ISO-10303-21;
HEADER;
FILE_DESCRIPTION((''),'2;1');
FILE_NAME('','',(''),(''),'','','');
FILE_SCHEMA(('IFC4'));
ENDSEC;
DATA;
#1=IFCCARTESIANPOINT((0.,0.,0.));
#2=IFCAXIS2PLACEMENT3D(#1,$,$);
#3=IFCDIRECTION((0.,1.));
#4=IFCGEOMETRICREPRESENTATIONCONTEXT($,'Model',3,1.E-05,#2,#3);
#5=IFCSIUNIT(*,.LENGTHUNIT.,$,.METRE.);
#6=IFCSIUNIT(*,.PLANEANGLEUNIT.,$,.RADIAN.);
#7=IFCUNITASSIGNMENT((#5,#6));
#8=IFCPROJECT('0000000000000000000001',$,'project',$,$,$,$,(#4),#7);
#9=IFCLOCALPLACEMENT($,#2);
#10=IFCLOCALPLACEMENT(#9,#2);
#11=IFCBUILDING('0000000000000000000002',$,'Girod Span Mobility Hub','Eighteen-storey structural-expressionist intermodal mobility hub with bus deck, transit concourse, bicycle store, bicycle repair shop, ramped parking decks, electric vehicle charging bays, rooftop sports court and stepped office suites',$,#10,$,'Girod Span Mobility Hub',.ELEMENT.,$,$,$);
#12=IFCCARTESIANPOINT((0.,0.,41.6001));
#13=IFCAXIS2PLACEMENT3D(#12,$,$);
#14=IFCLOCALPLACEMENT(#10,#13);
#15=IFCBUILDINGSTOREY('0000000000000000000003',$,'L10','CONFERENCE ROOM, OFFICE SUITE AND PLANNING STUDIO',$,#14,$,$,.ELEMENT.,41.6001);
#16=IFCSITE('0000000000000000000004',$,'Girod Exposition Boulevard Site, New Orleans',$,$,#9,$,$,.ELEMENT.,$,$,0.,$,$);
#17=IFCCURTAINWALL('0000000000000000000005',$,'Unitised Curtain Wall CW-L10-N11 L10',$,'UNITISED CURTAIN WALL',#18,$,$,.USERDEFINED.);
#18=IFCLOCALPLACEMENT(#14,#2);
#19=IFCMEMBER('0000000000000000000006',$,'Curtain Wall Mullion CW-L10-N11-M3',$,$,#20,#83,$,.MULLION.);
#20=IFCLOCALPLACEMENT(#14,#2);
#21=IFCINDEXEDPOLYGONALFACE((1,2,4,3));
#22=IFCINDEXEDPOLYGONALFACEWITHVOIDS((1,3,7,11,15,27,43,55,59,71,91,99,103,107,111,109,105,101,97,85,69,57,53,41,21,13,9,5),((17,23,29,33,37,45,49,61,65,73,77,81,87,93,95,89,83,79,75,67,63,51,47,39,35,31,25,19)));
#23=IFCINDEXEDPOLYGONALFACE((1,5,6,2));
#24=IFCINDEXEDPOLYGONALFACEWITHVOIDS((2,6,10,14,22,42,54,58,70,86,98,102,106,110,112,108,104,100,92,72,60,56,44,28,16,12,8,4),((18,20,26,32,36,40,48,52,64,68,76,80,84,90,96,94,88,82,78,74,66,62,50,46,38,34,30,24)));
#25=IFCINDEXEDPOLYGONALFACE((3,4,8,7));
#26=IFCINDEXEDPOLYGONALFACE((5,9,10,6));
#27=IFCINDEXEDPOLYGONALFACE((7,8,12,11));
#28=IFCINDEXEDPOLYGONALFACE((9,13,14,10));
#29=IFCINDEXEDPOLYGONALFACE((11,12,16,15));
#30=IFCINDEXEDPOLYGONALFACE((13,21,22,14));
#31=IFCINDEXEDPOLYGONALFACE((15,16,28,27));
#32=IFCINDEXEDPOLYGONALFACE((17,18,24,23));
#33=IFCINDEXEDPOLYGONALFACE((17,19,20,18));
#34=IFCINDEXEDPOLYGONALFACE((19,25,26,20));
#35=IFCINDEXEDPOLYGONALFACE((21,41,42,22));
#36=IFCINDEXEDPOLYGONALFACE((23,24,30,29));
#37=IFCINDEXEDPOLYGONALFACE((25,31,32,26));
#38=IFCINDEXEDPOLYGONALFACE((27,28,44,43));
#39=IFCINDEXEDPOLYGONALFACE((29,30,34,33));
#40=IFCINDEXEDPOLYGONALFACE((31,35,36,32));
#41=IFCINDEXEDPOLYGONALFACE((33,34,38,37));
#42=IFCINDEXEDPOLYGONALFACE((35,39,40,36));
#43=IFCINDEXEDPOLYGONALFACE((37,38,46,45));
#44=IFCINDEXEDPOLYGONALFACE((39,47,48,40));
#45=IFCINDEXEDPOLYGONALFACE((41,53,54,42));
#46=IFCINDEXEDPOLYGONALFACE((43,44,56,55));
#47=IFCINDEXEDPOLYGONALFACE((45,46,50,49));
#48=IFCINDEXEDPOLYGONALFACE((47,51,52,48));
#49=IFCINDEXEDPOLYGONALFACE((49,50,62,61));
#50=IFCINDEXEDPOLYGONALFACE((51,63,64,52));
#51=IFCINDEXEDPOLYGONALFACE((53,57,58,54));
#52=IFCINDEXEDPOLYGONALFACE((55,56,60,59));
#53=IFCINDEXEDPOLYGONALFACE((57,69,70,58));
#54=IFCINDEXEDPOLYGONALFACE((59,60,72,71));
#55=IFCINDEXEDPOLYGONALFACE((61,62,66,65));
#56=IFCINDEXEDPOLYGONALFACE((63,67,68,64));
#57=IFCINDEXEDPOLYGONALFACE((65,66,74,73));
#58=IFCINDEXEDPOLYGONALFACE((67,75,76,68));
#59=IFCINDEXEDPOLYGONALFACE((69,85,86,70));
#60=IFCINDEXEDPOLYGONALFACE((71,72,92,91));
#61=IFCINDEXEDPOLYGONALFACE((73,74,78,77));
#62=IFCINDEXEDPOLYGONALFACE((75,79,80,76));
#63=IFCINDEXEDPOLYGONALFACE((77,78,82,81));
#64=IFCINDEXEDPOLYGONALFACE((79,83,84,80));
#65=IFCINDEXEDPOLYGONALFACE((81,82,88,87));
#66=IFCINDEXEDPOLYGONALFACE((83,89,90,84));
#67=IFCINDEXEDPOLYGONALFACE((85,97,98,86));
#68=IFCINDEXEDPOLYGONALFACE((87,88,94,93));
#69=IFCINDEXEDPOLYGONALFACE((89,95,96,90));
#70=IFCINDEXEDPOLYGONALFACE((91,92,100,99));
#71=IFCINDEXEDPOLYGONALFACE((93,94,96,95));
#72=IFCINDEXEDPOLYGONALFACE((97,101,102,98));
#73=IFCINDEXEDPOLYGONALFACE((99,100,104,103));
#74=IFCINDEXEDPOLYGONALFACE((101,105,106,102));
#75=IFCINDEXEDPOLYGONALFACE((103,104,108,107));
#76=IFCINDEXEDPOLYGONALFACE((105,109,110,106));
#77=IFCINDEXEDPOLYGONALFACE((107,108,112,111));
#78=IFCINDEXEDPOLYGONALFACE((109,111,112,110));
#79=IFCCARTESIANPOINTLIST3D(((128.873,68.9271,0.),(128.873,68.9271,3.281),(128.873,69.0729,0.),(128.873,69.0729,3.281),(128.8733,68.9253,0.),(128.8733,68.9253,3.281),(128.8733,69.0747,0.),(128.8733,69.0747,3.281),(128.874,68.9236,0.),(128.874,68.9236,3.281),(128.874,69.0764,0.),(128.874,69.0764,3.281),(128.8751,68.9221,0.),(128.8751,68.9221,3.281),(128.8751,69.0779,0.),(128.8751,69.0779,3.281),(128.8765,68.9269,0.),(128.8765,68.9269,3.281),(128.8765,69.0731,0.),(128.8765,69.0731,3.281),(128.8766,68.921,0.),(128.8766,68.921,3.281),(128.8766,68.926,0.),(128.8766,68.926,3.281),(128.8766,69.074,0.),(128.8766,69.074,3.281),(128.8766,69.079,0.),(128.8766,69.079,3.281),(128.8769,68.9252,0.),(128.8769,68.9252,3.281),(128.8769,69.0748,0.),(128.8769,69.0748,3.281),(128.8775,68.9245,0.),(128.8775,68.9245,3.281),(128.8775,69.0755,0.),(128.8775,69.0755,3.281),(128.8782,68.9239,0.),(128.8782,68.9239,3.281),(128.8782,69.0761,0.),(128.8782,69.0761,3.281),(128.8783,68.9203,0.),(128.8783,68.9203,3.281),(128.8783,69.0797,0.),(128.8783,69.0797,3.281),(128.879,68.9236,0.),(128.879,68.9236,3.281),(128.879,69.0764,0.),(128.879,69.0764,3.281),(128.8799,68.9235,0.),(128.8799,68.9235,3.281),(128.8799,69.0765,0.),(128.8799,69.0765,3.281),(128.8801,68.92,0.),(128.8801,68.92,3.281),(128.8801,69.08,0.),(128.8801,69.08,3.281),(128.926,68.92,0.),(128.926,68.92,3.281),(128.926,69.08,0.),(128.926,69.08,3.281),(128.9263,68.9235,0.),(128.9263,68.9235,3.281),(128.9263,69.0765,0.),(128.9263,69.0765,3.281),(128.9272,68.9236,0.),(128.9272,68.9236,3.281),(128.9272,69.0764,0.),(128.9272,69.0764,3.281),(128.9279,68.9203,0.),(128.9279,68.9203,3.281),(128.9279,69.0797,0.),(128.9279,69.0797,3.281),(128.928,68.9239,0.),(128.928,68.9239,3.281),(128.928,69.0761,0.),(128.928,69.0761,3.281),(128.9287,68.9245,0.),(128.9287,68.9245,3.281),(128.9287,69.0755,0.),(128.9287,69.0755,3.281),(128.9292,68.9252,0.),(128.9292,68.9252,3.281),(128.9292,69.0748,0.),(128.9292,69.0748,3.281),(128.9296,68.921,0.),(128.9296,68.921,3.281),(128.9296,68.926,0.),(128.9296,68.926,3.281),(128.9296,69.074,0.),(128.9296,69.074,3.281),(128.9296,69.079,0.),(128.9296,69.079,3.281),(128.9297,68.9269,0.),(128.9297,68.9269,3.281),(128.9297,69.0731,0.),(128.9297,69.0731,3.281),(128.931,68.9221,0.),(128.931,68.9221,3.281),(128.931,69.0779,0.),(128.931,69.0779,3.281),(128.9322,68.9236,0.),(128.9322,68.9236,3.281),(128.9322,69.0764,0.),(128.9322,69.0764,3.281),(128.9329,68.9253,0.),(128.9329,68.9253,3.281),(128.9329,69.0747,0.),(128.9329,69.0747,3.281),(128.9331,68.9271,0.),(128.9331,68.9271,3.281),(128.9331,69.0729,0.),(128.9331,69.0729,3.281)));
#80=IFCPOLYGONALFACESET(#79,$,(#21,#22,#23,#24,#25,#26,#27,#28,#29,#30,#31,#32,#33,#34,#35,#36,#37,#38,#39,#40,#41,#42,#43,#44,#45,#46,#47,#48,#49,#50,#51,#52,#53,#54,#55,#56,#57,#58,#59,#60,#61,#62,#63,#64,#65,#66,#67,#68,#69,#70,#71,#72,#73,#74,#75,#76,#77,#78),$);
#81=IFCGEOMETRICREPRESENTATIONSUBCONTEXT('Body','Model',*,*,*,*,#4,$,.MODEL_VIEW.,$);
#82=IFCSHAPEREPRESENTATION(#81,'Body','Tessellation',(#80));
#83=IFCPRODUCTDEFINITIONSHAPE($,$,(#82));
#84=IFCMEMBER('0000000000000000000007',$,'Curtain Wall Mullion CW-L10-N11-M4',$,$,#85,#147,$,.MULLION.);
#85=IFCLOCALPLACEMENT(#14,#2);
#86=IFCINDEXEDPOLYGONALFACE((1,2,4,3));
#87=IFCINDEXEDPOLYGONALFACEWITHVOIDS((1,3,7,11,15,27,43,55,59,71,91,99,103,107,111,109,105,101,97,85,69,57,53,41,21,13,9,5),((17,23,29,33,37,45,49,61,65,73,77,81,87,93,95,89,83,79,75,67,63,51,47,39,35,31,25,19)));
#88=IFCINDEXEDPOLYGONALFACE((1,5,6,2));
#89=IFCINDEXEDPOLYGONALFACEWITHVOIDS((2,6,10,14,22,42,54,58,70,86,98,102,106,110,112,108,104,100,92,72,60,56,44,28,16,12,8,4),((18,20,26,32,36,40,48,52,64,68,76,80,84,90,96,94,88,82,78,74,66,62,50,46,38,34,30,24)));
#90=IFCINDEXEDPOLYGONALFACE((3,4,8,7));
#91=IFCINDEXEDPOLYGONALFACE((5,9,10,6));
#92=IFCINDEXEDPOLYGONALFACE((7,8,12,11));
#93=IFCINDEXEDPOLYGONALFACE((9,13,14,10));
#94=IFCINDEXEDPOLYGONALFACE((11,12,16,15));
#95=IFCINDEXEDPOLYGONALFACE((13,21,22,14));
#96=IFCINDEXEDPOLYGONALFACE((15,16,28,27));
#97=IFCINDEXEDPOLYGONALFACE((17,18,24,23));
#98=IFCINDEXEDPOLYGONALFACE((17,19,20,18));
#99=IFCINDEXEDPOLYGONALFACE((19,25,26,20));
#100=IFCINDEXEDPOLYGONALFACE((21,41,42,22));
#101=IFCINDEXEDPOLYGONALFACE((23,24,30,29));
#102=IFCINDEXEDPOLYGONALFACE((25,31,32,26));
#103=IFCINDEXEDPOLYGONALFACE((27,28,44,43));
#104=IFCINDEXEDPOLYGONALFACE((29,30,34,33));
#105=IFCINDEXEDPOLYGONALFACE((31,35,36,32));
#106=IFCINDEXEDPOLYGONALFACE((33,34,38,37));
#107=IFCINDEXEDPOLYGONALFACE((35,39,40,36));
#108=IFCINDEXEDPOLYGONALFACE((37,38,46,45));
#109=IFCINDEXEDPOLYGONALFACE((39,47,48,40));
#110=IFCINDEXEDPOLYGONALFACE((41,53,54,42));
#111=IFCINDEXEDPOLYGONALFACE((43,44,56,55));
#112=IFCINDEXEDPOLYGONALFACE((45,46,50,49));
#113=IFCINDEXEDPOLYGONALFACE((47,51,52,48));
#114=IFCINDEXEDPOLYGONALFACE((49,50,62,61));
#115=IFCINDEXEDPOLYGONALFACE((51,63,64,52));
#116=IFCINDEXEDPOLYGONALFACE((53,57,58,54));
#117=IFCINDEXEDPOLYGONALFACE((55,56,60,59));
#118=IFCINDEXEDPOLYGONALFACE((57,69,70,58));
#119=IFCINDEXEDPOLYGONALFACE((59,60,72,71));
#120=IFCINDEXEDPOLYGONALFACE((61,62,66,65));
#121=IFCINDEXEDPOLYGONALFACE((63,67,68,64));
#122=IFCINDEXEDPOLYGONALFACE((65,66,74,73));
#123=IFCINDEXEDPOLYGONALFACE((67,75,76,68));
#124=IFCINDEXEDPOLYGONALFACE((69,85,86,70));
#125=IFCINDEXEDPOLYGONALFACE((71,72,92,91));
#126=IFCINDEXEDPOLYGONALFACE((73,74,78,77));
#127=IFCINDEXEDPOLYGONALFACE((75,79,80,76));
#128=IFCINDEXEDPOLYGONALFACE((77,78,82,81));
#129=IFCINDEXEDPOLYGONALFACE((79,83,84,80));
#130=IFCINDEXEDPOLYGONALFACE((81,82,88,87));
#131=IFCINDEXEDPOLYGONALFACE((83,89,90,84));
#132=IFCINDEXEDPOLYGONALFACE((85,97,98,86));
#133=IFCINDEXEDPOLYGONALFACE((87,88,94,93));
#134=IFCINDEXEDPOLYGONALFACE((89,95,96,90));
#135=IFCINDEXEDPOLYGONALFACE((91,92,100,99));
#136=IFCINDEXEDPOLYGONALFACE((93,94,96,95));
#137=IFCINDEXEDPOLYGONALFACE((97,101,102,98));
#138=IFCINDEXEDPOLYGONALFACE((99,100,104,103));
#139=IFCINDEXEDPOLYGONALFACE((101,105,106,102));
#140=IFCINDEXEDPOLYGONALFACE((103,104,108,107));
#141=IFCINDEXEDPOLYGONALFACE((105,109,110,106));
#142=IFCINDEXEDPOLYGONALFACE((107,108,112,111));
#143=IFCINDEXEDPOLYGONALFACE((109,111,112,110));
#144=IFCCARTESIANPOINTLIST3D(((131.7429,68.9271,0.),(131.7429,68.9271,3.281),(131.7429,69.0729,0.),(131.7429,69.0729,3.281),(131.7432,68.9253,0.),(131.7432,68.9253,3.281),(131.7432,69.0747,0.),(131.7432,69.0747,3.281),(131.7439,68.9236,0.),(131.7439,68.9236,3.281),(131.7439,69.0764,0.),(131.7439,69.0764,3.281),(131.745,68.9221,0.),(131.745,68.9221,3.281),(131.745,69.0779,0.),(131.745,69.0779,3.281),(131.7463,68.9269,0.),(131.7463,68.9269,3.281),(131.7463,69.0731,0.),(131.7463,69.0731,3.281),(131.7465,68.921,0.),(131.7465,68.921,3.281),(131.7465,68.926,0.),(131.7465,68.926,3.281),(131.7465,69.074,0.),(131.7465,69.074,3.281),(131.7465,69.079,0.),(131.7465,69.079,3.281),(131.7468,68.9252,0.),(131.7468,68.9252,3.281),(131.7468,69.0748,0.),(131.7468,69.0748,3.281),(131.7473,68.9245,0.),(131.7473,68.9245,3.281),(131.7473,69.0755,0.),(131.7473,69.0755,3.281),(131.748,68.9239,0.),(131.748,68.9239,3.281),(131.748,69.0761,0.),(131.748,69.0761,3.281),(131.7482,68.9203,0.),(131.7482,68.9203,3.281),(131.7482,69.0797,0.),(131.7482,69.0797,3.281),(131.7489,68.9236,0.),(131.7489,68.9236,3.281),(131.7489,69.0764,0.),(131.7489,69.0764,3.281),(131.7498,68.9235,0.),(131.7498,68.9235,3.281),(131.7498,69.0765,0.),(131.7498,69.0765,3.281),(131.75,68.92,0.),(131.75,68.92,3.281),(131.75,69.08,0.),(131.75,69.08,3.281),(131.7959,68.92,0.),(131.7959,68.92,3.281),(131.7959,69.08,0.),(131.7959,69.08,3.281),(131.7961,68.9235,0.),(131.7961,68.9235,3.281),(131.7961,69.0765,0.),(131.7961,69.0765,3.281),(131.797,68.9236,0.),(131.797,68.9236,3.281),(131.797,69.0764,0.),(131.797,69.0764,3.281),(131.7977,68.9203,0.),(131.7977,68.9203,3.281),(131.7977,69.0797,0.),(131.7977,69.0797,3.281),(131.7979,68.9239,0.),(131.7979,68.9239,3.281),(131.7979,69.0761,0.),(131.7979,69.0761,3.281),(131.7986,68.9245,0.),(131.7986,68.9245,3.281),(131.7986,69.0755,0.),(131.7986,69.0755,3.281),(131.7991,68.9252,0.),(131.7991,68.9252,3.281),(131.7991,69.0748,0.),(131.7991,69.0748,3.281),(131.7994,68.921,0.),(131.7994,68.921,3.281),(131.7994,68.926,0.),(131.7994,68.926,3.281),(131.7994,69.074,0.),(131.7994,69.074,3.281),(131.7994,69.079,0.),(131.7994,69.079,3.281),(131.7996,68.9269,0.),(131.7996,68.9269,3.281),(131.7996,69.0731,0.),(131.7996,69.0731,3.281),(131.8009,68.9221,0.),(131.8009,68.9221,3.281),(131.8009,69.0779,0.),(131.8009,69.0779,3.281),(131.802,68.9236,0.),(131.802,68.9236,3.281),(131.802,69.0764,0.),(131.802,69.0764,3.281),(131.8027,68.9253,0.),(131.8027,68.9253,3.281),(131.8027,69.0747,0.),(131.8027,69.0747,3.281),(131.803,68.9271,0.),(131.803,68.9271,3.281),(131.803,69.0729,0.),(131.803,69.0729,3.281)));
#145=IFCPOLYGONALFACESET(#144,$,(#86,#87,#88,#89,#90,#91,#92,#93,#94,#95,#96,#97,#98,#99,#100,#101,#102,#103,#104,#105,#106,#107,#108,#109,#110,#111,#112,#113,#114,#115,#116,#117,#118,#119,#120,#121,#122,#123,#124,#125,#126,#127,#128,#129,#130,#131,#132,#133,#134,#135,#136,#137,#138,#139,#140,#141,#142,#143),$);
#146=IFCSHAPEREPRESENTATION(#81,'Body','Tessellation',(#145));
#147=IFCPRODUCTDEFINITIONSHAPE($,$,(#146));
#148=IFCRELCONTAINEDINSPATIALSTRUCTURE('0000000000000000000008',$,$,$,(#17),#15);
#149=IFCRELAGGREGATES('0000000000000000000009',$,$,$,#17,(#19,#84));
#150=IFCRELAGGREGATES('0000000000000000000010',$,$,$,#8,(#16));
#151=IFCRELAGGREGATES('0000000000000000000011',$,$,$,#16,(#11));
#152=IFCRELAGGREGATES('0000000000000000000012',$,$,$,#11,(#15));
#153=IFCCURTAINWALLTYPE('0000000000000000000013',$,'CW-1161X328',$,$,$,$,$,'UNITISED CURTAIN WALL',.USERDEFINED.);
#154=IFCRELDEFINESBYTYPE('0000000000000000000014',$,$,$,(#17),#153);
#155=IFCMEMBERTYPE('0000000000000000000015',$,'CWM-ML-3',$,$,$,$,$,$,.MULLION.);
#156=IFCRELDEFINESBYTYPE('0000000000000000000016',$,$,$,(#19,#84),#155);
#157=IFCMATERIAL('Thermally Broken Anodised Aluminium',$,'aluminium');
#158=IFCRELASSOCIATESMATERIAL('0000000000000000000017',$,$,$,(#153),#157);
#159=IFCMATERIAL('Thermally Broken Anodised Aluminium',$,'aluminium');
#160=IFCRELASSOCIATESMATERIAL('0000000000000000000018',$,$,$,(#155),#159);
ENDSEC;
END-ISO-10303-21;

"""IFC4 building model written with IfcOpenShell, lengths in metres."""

from ifc_helpers import new_model, si_unit, direction, frame, origin, origin_2d, place, context, subcontext, project, spatial, hollow_rectangle, extrude, material, material_profile, profile_set, type_object, element, aggregate, save


model = new_model("IFC4")

# Units and contexts
model_context = context("Model", 3, precision=1e-05, world=origin(), true_north=direction((0.0, 1.0)))
body_context = subcontext(model_context, "Body", "Model", "MODEL_VIEW")
ifc_project = project(units=[si_unit("LENGTHUNIT", "METRE"), si_unit("PLANEANGLEUNIT", "RADIAN")], contexts=[model_context])

# Site, building, storey
site_placement = place(None, origin())
site = spatial("IfcSite", under=ifc_project, at=site_placement, Name="Girod Exposition Boulevard Site, New Orleans", CompositionType="ELEMENT", RefElevation=0.0)
building_placement = place(site_placement, origin())
building = spatial("IfcBuilding", under=site, at=building_placement, Name="Girod Span Mobility Hub", Description="Eighteen-storey structural-expressionist intermodal mobility hub with bus deck, transit concourse, bicycle store, bicycle repair shop, ramped parking decks, electric vehicle charging bays, rooftop sports court and stepped office suites", LongName="Girod Span Mobility Hub", CompositionType="ELEMENT")
storey_placement = place(building_placement, frame((0.0, 0.0, 41.6001)))
storey = spatial("IfcBuildingStorey", under=building, at=storey_placement, Name="L10", Description="CONFERENCE ROOM, OFFICE SUITE AND PLANNING STUDIO", CompositionType="ELEMENT", Elevation=41.6001)

# Curtain wall, members
ifc_material_1 = material(Name="Thermally Broken Anodised Aluminium", Category="aluminium")
curtain_wall_type = type_object("IfcCurtainWallType", Name="CW-1161X328", ElementType="UNITISED CURTAIN WALL", PredefinedType="USERDEFINED", material=ifc_material_1)
curtain_wall_1_placement = place(storey_placement, origin())
curtain_wall_1 = element("IfcCurtainWall", 1, at=curtain_wall_1_placement, inside=storey, type_object=curtain_wall_type, Name="Unitised Curtain Wall CW-L10-N11 L10", ObjectType="UNITISED CURTAIN WALL", PredefinedType="USERDEFINED")
ifc_material_2 = material(Name="Thermally Broken Anodised Aluminium", Category="aluminium")
ifc_material_profile_1 = material_profile(ifc_material_2, hollow_rectangle(XDim=0.1599, YDim=0.0601, WallThickness=0.0034, InnerFilletRadius=0.0034, OuterFilletRadius=0.0071, at=origin_2d()), Name="CW-ML-60X160")
ifc_profile_set_1 = profile_set([ifc_material_profile_1], Name="Thermally Broken Anodised Aluminium")
member_type_1 = type_object("IfcMemberType", Name="CWM-ML-3", PredefinedType="MULLION", material=ifc_profile_set_1)
member_1_placement = place(storey_placement, frame((128.9031, 69.0, 0.0), z_axis=(0.0, 0.0, 1.0), x_axis=(0.0, 1.0, 0.0)))
member_1 = element("IfcMember", 2, at=member_1_placement, type_object=member_type_1, Name="Curtain Wall Mullion CW-L10-N11-M3", PredefinedType="MULLION", context=body_context, shape_type="SweptSolid", body=[
    extrude(hollow_rectangle(XDim=0.1599, YDim=0.0601, WallThickness=0.0034, InnerFilletRadius=0.0034, OuterFilletRadius=0.0071, at=origin_2d()), origin(), (0.0, 0.0, 1.0), 3.281),
])
member_2_placement = place(storey_placement, frame((131.7729, 69.0, 0.0), z_axis=(0.0, 0.0, 1.0), x_axis=(0.0, 1.0, 0.0)))
member_2 = element("IfcMember", 3, at=member_2_placement, type_object=member_type_1, Name="Curtain Wall Mullion CW-L10-N11-M4", PredefinedType="MULLION", context=body_context, shape_type="SweptSolid", body=[
    extrude(hollow_rectangle(XDim=0.1599, YDim=0.0601, WallThickness=0.0034, InnerFilletRadius=0.0034, OuterFilletRadius=0.0071, at=origin_2d()), origin(), (0.0, 0.0, 1.0), 3.281),
])

aggregate(curtain_wall_1, [member_1, member_2])

save(model, "model.ifc")
